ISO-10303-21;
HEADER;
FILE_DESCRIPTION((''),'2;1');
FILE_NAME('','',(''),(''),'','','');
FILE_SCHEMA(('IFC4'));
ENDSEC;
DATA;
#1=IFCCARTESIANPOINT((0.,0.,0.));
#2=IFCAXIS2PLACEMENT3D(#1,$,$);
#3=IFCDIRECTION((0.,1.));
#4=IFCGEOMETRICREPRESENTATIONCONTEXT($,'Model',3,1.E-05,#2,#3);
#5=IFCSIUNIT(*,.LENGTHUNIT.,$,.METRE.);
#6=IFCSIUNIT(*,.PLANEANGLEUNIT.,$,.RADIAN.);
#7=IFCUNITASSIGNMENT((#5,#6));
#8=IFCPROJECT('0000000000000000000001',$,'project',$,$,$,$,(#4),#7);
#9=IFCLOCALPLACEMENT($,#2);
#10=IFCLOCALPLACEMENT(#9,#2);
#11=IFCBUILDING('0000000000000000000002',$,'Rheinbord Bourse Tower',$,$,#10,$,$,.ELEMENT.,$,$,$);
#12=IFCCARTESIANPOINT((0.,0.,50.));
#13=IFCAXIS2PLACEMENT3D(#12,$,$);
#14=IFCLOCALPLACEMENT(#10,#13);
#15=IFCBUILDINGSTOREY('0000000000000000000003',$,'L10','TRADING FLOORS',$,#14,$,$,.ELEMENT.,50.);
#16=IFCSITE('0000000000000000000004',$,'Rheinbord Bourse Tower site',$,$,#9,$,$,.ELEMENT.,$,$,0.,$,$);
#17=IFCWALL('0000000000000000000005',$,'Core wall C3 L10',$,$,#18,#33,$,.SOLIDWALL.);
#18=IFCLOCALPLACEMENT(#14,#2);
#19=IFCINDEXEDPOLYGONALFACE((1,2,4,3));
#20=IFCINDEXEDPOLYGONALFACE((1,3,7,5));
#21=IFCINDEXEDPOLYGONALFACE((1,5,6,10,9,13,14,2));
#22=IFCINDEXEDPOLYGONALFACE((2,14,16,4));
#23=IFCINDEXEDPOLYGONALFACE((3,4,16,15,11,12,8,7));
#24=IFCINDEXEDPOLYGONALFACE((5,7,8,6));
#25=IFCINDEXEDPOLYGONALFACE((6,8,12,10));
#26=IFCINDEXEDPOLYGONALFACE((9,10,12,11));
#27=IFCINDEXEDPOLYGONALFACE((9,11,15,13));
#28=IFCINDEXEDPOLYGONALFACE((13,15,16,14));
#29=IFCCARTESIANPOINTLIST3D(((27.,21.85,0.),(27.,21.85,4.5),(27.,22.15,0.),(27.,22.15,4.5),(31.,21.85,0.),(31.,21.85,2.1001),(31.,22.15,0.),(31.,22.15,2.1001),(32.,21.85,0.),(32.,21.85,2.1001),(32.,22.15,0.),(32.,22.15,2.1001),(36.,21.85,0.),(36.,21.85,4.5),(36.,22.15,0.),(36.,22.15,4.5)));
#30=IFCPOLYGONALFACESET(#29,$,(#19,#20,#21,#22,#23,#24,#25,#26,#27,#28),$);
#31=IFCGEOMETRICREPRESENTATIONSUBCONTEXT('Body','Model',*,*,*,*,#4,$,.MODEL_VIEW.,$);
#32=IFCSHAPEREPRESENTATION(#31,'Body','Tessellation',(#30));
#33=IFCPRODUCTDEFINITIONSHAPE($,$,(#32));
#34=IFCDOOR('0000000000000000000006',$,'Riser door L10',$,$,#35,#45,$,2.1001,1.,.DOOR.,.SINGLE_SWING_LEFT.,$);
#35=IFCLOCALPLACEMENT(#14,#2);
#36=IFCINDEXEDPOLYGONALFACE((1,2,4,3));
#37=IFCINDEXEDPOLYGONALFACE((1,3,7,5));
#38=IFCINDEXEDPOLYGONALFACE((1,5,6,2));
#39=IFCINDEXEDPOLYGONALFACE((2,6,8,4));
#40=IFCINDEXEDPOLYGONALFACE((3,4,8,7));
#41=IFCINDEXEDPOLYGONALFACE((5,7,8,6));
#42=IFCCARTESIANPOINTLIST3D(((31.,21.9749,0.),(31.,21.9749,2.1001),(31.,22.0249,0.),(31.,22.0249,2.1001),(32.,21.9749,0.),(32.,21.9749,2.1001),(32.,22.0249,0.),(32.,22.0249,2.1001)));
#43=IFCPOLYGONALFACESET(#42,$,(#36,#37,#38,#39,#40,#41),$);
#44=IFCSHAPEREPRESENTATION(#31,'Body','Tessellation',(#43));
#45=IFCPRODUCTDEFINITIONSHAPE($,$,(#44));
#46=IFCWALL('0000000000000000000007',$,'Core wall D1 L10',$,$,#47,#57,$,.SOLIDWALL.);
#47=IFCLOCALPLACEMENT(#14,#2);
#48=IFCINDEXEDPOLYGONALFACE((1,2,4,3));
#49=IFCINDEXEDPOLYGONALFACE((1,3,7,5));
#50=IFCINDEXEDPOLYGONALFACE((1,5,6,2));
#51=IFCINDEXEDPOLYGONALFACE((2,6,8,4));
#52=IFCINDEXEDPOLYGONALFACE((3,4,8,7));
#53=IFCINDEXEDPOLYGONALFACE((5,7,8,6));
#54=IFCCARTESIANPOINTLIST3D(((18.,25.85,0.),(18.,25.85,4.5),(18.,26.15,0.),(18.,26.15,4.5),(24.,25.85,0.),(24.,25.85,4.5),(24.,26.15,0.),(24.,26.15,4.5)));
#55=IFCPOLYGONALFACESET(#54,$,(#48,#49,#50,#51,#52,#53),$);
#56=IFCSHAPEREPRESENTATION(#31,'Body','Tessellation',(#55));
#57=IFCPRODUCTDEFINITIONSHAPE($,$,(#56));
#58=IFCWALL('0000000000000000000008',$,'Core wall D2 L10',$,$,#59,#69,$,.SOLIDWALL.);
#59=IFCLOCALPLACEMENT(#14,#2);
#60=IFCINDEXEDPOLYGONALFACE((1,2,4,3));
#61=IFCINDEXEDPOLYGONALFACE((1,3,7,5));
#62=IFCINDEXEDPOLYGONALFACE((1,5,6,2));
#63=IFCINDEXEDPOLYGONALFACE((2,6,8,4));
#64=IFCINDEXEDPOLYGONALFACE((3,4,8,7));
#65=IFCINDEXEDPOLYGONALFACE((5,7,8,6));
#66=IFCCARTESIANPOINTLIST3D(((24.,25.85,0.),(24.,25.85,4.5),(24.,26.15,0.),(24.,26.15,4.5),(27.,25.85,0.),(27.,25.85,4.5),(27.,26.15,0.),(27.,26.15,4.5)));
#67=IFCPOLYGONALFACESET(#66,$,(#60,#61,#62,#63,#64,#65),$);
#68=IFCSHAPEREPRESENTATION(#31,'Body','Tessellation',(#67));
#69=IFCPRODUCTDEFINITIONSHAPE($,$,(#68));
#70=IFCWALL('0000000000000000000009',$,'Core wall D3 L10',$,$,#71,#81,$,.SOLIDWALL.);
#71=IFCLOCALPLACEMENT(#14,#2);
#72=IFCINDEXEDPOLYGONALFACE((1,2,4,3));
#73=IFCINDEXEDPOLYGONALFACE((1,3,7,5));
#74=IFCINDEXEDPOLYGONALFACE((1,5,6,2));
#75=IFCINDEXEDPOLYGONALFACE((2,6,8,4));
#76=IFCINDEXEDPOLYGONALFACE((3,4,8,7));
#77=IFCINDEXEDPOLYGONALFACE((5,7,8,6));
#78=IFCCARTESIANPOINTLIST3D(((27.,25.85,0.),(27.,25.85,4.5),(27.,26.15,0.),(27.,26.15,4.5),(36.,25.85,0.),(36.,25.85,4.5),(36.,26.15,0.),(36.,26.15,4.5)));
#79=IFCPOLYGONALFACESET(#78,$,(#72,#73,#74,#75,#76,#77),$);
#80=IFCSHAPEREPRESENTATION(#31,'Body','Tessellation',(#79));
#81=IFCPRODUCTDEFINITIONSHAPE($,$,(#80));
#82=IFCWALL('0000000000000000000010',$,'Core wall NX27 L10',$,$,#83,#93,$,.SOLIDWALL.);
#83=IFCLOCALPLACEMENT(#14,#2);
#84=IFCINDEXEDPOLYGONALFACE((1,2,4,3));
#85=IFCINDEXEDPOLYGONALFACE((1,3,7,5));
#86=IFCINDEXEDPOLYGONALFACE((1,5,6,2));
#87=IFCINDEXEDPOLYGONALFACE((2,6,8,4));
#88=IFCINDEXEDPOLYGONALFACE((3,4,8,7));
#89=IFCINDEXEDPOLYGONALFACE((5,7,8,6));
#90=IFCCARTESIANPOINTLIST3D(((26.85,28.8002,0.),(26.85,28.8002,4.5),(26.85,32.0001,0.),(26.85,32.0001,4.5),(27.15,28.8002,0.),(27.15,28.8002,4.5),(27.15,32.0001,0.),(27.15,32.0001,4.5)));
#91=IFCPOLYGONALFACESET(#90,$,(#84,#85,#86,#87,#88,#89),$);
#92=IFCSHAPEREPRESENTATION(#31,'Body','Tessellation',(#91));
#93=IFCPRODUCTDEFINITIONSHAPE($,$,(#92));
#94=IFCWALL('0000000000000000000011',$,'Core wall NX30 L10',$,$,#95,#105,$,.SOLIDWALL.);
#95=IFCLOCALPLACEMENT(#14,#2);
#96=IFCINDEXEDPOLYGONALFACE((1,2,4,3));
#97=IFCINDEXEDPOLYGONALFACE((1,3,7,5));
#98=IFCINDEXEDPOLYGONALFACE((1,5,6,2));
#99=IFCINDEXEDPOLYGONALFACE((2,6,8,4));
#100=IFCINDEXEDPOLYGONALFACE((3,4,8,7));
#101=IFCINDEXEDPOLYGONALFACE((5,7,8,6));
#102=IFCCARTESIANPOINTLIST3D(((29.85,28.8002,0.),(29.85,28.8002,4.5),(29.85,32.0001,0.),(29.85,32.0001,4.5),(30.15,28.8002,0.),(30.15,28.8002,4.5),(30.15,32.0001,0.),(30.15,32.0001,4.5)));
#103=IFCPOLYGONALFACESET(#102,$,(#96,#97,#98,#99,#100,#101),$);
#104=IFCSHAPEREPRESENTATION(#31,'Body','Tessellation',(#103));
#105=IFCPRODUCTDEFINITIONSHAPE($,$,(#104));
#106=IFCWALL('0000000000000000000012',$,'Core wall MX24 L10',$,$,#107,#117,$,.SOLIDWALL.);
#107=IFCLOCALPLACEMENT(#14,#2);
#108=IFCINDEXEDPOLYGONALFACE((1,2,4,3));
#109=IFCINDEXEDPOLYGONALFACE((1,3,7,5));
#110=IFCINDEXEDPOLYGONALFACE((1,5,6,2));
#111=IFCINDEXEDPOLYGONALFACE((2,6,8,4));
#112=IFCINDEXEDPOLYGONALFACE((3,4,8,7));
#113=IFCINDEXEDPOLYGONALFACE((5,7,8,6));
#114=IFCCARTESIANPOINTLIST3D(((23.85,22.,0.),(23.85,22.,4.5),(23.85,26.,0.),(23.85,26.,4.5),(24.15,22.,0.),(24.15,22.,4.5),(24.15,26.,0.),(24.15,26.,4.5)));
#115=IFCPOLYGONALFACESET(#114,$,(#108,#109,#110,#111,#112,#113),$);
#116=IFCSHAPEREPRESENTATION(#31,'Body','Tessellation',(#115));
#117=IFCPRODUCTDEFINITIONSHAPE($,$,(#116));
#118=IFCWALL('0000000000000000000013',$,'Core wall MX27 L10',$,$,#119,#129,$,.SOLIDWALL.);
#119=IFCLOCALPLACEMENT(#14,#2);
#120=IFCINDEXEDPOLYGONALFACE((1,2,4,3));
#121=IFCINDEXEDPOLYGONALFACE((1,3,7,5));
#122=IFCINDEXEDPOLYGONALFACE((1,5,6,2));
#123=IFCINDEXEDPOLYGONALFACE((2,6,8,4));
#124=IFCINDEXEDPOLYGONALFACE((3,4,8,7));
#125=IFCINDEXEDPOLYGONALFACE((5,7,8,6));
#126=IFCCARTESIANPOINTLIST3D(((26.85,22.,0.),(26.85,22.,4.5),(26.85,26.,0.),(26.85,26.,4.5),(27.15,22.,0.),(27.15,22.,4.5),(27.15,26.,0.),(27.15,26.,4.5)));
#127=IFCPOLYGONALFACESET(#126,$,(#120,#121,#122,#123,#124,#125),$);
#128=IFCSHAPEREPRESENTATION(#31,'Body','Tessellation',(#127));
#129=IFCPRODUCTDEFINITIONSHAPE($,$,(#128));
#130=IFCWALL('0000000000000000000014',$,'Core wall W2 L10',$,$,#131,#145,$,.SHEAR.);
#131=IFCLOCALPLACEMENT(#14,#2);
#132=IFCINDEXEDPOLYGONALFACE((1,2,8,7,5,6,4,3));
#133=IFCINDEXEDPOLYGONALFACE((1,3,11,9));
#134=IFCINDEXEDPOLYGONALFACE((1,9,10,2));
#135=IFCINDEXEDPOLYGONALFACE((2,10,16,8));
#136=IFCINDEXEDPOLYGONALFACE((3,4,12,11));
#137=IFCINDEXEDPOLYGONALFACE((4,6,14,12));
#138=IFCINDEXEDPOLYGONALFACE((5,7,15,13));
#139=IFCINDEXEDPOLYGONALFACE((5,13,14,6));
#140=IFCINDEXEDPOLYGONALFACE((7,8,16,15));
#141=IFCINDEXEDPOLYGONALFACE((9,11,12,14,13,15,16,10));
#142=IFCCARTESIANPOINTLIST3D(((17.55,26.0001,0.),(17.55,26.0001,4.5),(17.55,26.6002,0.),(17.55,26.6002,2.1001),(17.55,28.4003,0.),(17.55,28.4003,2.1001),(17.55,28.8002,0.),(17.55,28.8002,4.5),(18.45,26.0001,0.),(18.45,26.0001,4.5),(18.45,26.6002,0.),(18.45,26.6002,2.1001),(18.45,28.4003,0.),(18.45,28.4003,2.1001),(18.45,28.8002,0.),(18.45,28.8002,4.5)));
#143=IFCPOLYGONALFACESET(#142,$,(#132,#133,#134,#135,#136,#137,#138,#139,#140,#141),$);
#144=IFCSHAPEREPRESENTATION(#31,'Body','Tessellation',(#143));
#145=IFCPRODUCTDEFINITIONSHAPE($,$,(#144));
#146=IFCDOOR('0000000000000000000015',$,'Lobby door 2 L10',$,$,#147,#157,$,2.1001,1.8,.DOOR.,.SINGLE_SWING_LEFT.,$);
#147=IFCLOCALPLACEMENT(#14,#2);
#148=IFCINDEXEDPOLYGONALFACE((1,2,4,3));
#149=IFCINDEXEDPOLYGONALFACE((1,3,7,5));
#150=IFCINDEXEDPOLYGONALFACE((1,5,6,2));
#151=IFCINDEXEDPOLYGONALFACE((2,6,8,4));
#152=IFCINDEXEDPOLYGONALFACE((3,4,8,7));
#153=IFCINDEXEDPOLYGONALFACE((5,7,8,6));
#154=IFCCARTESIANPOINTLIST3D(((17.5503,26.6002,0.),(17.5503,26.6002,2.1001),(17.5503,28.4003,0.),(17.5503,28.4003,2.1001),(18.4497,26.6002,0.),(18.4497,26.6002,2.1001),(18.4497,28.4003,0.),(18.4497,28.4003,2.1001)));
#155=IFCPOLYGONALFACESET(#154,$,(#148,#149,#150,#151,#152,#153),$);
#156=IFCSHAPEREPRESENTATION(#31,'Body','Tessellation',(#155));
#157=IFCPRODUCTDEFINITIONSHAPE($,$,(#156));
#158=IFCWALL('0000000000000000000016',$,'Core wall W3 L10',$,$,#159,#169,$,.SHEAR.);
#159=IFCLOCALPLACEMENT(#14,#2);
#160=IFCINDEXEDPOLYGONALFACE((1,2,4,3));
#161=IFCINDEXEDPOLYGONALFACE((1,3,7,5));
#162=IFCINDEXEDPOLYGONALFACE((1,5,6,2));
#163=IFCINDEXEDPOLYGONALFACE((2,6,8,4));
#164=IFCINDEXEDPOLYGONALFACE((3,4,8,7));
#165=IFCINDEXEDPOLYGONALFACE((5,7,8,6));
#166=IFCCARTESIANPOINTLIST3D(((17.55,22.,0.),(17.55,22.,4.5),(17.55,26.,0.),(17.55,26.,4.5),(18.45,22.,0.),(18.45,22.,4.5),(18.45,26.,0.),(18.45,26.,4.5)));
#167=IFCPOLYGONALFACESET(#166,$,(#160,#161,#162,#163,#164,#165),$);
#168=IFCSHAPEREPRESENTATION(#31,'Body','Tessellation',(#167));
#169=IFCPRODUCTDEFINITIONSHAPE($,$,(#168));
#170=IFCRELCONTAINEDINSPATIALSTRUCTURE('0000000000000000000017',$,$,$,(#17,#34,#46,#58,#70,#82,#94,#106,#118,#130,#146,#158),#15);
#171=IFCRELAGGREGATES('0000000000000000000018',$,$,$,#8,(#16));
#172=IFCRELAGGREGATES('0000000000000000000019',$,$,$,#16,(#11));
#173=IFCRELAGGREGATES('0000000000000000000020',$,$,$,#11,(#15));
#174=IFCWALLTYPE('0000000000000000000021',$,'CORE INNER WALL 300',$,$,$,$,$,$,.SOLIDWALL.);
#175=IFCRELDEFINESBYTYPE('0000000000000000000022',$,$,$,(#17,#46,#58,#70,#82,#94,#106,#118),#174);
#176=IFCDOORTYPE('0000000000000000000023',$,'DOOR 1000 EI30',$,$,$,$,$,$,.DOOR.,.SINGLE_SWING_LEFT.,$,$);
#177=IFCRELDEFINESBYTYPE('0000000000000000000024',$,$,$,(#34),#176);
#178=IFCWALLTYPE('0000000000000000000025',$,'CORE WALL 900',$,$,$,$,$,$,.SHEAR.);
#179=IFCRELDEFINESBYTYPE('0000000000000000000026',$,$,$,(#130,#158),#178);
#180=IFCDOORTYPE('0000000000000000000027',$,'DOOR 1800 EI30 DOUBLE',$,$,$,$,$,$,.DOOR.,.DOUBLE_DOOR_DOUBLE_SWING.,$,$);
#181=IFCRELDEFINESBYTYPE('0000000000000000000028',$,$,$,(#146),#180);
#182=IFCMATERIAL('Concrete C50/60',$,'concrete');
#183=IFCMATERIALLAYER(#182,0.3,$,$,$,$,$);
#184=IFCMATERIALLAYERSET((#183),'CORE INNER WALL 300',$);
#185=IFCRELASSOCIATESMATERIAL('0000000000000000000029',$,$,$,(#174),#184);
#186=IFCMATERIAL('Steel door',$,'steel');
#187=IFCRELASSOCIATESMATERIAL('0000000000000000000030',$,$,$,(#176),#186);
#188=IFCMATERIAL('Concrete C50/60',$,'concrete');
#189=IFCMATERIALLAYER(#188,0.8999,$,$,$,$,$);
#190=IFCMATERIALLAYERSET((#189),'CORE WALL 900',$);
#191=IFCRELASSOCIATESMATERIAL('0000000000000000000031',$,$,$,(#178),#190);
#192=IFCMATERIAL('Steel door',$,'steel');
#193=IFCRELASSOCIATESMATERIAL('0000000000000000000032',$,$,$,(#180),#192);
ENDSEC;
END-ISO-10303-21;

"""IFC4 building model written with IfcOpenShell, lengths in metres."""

from ifc_helpers import new_model, si_unit, direction, frame, frame_2d, origin, place, context, subcontext, project, spatial, rectangle, extrude, material, layer, layer_set, type_object, element, fill, save


model = new_model("IFC4")

# Units and contexts
model_context = context("Model", 3, precision=1e-05, world=origin(), true_north=direction((0.0, 1.0)))
body_context = subcontext(model_context, "Body", "Model", "MODEL_VIEW")
ifc_project = project(units=[si_unit("LENGTHUNIT", "METRE"), si_unit("PLANEANGLEUNIT", "RADIAN")], contexts=[model_context])

# Site, building, storey
site_placement = place(None, origin())
site = spatial("IfcSite", under=ifc_project, at=site_placement, Name="Rheinbord Bourse Tower site", CompositionType="ELEMENT", RefElevation=0.0)
building_placement = place(site_placement, origin())
building = spatial("IfcBuilding", under=site, at=building_placement, Name="Rheinbord Bourse Tower", CompositionType="ELEMENT")
storey_placement = place(building_placement, frame((0.0, 0.0, 50.0)))
storey = spatial("IfcBuildingStorey", under=building, at=storey_placement, Name="L10", Description="TRADING FLOORS", CompositionType="ELEMENT", Elevation=50.0)

# Wall, opening, door
ifc_material_1 = material(Name="Concrete C50/60", Category="concrete")
ifc_layer_1 = layer(ifc_material_1, 0.3)
ifc_layer_set_1 = layer_set([ifc_layer_1], Name="CORE INNER WALL 300")
wall_type_1 = type_object("IfcWallType", Name="CORE INNER WALL 300", PredefinedType="SOLIDWALL", material=ifc_layer_set_1)
ifc_material_2 = material(Name="Steel door", Category="steel")
door_type_1 = type_object("IfcDoorType", Name="DOOR 1000 EI30", OperationType="SINGLE_SWING_LEFT", PredefinedType="DOOR", material=ifc_material_2)
wall_1_placement = place(storey_placement, frame((27.0, 22.0, 0.0), z_axis=(0.0, 0.0, 1.0), x_axis=(1.0, 0.0, 0.0)))
wall_1 = element("IfcWall", 1, at=wall_1_placement, inside=storey, type_object=wall_type_1, Name="Core wall C3 L10", PredefinedType="SOLIDWALL", context=body_context, shape_type="SweptSolid", body=[
    extrude(rectangle(XDim=9.0, YDim=0.3, at=frame_2d((4.5, 0.0))), origin(), (0.0, 0.0, 1.0), 4.5),
])
opening_1_placement = place(wall_1_placement, frame((4.0, 0.0, 0.0)))
opening_1 = element("IfcOpeningElement", 2, at=opening_1_placement, cuts=wall_1, PredefinedType="OPENING", context=body_context, shape_type="SweptSolid", body=[
    extrude(rectangle(XDim=1.0, YDim=2.1001, at=frame_2d((0.5, 1.05))), frame((0.0, 0.1599, 0.0), z_axis=(0.0, -1.0, 0.0), x_axis=(1.0, 0.0, 0.0)), (0.0, 0.0, 1.0), 0.3201),
])
door_1_placement = place(opening_1_placement, origin())
door_1 = element("IfcDoor", 3, at=door_1_placement, inside=storey, type_object=door_type_1, Name="Riser door L10", OperationType="SINGLE_SWING_LEFT", OverallHeight=2.1001, OverallWidth=1.0, PredefinedType="DOOR", context=body_context, shape_type="SweptSolid", body=[
    extrude(rectangle(XDim=1.0, YDim=2.1001, at=frame_2d((0.5, 1.05))), frame((0.0, 0.0249, 0.0), z_axis=(0.0, -1.0, 0.0), x_axis=(1.0, 0.0, 0.0)), (0.0, 0.0, 1.0), 0.05),
])
fill(opening_1, door_1)

# Walls
wall_2_placement = place(storey_placement, frame((18.0, 26.0, 0.0), z_axis=(0.0, 0.0, 1.0), x_axis=(1.0, 0.0, 0.0)))
element("IfcWall", 4, at=wall_2_placement, inside=storey, type_object=wall_type_1, Name="Core wall D1 L10", PredefinedType="SOLIDWALL", context=body_context, shape_type="SweptSolid", body=[
    extrude(rectangle(XDim=6.0, YDim=0.3, at=frame_2d((3.0, 0.0))), origin(), (0.0, 0.0, 1.0), 4.5),
])
wall_3_placement = place(storey_placement, frame((24.0, 26.0, 0.0), z_axis=(0.0, 0.0, 1.0), x_axis=(1.0, 0.0, 0.0)))
element("IfcWall", 5, at=wall_3_placement, inside=storey, type_object=wall_type_1, Name="Core wall D2 L10", PredefinedType="SOLIDWALL", context=body_context, shape_type="SweptSolid", body=[
    extrude(rectangle(XDim=3.0, YDim=0.3, at=frame_2d((1.5, 0.0))), origin(), (0.0, 0.0, 1.0), 4.5),
])
wall_4_placement = place(storey_placement, frame((27.0, 26.0, 0.0), z_axis=(0.0, 0.0, 1.0), x_axis=(1.0, 0.0, 0.0)))
element("IfcWall", 6, at=wall_4_placement, inside=storey, type_object=wall_type_1, Name="Core wall D3 L10", PredefinedType="SOLIDWALL", context=body_context, shape_type="SweptSolid", body=[
    extrude(rectangle(XDim=9.0, YDim=0.3, at=frame_2d((4.5, 0.0))), origin(), (0.0, 0.0, 1.0), 4.5),
])
for number, where, z_axis, x_axis, name in (
    (7, (27.0, 28.8, 0.0), (0.0, 0.0, 1.0), (0.0, 1.0, 0.0), "Core wall NX27 L10"),
    (8, (30.0, 28.8, 0.0), (0.0, 0.0, 1.0), (0.0, 1.0, 0.0), "Core wall NX30 L10"),
):
    element("IfcWall", number, at=place(storey_placement, frame(where, z_axis=z_axis, x_axis=x_axis)), inside=storey, type_object=wall_type_1, Name=name, PredefinedType="SOLIDWALL", context=body_context, shape_type="SweptSolid", body=[
        extrude(rectangle(XDim=3.2, YDim=0.3, at=frame_2d((1.6001, 0.0))), origin(), (0.0, 0.0, 1.0), 4.5),
    ])
for number, where, z_axis, x_axis, name in (
    (9, (24.0, 22.0, 0.0), (0.0, 0.0, 1.0), (0.0, 1.0, 0.0), "Core wall MX24 L10"),
    (10, (27.0, 22.0, 0.0), (0.0, 0.0, 1.0), (0.0, 1.0, 0.0), "Core wall MX27 L10"),
):
    element("IfcWall", number, at=place(storey_placement, frame(where, z_axis=z_axis, x_axis=x_axis)), inside=storey, type_object=wall_type_1, Name=name, PredefinedType="SOLIDWALL", context=body_context, shape_type="SweptSolid", body=[
        extrude(rectangle(XDim=4.0, YDim=0.3, at=frame_2d((2.0, 0.0))), origin(), (0.0, 0.0, 1.0), 4.5),
    ])

# Wall, opening, door
ifc_material_3 = material(Name="Concrete C50/60", Category="concrete")
ifc_layer_2 = layer(ifc_material_3, 0.8999)
ifc_layer_set_2 = layer_set([ifc_layer_2], Name="CORE WALL 900")
wall_type_2 = type_object("IfcWallType", Name="CORE WALL 900", PredefinedType="SHEAR", material=ifc_layer_set_2)
wall_5_placement = place(storey_placement, frame((18.0, 28.8, 0.0), z_axis=(0.0, 0.0, 1.0), x_axis=(0.0, -1.0, 0.0)))
wall_5 = element("IfcWall", 11, at=wall_5_placement, inside=storey, type_object=wall_type_2, Name="Core wall W2 L10", PredefinedType="SHEAR", context=body_context, shape_type="SweptSolid", body=[
    extrude(rectangle(XDim=2.8, YDim=0.8999, at=frame_2d((1.3999, 0.0))), origin(), (0.0, 0.0, 1.0), 4.5),
])
opening_2_placement = place(wall_5_placement, frame((0.3999, 0.0, 0.0)))
opening_2 = element("IfcOpeningElement", 12, at=opening_2_placement, cuts=wall_5, PredefinedType="OPENING", context=body_context, shape_type="SweptSolid", body=[
    extrude(rectangle(XDim=1.8, YDim=2.1001, at=frame_2d((0.8999, 1.05))), frame((0.0, 0.46, 0.0), z_axis=(0.0, -1.0, 0.0), x_axis=(1.0, 0.0, 0.0)), (0.0, 0.0, 1.0), 0.9199),
])
ifc_material_4 = material(Name="Steel door", Category="steel")
door_type_2 = type_object("IfcDoorType", Name="DOOR 1800 EI30 DOUBLE", OperationType="DOUBLE_DOOR_DOUBLE_SWING", PredefinedType="DOOR", material=ifc_material_4)
door_2_placement = place(opening_2_placement, origin())
door_2 = element("IfcDoor", 13, at=door_2_placement, inside=storey, type_object=door_type_2, Name="Lobby door 2 L10", OperationType="SINGLE_SWING_LEFT", OverallHeight=2.1001, OverallWidth=1.8, PredefinedType="DOOR", context=body_context, shape_type="SweptSolid", body=[
    extrude(rectangle(XDim=1.8, YDim=2.1001, at=frame_2d((0.8999, 1.05))), frame((0.0, 0.4497, 0.0), z_axis=(0.0, -1.0, 0.0), x_axis=(1.0, 0.0, 0.0)), (0.0, 0.0, 1.0), 0.8994),
])
fill(opening_2, door_2)

# Wall
wall_6_placement = place(storey_placement, frame((18.0, 26.0, 0.0), z_axis=(0.0, 0.0, 1.0), x_axis=(0.0, -1.0, 0.0)))
element("IfcWall", 14, at=wall_6_placement, inside=storey, type_object=wall_type_2, Name="Core wall W3 L10", PredefinedType="SHEAR", context=body_context, shape_type="SweptSolid", body=[
    extrude(rectangle(XDim=4.0, YDim=0.8999, at=frame_2d((2.0, 0.0))), origin(), (0.0, 0.0, 1.0), 4.5),
])

save(model, "model.ifc")
